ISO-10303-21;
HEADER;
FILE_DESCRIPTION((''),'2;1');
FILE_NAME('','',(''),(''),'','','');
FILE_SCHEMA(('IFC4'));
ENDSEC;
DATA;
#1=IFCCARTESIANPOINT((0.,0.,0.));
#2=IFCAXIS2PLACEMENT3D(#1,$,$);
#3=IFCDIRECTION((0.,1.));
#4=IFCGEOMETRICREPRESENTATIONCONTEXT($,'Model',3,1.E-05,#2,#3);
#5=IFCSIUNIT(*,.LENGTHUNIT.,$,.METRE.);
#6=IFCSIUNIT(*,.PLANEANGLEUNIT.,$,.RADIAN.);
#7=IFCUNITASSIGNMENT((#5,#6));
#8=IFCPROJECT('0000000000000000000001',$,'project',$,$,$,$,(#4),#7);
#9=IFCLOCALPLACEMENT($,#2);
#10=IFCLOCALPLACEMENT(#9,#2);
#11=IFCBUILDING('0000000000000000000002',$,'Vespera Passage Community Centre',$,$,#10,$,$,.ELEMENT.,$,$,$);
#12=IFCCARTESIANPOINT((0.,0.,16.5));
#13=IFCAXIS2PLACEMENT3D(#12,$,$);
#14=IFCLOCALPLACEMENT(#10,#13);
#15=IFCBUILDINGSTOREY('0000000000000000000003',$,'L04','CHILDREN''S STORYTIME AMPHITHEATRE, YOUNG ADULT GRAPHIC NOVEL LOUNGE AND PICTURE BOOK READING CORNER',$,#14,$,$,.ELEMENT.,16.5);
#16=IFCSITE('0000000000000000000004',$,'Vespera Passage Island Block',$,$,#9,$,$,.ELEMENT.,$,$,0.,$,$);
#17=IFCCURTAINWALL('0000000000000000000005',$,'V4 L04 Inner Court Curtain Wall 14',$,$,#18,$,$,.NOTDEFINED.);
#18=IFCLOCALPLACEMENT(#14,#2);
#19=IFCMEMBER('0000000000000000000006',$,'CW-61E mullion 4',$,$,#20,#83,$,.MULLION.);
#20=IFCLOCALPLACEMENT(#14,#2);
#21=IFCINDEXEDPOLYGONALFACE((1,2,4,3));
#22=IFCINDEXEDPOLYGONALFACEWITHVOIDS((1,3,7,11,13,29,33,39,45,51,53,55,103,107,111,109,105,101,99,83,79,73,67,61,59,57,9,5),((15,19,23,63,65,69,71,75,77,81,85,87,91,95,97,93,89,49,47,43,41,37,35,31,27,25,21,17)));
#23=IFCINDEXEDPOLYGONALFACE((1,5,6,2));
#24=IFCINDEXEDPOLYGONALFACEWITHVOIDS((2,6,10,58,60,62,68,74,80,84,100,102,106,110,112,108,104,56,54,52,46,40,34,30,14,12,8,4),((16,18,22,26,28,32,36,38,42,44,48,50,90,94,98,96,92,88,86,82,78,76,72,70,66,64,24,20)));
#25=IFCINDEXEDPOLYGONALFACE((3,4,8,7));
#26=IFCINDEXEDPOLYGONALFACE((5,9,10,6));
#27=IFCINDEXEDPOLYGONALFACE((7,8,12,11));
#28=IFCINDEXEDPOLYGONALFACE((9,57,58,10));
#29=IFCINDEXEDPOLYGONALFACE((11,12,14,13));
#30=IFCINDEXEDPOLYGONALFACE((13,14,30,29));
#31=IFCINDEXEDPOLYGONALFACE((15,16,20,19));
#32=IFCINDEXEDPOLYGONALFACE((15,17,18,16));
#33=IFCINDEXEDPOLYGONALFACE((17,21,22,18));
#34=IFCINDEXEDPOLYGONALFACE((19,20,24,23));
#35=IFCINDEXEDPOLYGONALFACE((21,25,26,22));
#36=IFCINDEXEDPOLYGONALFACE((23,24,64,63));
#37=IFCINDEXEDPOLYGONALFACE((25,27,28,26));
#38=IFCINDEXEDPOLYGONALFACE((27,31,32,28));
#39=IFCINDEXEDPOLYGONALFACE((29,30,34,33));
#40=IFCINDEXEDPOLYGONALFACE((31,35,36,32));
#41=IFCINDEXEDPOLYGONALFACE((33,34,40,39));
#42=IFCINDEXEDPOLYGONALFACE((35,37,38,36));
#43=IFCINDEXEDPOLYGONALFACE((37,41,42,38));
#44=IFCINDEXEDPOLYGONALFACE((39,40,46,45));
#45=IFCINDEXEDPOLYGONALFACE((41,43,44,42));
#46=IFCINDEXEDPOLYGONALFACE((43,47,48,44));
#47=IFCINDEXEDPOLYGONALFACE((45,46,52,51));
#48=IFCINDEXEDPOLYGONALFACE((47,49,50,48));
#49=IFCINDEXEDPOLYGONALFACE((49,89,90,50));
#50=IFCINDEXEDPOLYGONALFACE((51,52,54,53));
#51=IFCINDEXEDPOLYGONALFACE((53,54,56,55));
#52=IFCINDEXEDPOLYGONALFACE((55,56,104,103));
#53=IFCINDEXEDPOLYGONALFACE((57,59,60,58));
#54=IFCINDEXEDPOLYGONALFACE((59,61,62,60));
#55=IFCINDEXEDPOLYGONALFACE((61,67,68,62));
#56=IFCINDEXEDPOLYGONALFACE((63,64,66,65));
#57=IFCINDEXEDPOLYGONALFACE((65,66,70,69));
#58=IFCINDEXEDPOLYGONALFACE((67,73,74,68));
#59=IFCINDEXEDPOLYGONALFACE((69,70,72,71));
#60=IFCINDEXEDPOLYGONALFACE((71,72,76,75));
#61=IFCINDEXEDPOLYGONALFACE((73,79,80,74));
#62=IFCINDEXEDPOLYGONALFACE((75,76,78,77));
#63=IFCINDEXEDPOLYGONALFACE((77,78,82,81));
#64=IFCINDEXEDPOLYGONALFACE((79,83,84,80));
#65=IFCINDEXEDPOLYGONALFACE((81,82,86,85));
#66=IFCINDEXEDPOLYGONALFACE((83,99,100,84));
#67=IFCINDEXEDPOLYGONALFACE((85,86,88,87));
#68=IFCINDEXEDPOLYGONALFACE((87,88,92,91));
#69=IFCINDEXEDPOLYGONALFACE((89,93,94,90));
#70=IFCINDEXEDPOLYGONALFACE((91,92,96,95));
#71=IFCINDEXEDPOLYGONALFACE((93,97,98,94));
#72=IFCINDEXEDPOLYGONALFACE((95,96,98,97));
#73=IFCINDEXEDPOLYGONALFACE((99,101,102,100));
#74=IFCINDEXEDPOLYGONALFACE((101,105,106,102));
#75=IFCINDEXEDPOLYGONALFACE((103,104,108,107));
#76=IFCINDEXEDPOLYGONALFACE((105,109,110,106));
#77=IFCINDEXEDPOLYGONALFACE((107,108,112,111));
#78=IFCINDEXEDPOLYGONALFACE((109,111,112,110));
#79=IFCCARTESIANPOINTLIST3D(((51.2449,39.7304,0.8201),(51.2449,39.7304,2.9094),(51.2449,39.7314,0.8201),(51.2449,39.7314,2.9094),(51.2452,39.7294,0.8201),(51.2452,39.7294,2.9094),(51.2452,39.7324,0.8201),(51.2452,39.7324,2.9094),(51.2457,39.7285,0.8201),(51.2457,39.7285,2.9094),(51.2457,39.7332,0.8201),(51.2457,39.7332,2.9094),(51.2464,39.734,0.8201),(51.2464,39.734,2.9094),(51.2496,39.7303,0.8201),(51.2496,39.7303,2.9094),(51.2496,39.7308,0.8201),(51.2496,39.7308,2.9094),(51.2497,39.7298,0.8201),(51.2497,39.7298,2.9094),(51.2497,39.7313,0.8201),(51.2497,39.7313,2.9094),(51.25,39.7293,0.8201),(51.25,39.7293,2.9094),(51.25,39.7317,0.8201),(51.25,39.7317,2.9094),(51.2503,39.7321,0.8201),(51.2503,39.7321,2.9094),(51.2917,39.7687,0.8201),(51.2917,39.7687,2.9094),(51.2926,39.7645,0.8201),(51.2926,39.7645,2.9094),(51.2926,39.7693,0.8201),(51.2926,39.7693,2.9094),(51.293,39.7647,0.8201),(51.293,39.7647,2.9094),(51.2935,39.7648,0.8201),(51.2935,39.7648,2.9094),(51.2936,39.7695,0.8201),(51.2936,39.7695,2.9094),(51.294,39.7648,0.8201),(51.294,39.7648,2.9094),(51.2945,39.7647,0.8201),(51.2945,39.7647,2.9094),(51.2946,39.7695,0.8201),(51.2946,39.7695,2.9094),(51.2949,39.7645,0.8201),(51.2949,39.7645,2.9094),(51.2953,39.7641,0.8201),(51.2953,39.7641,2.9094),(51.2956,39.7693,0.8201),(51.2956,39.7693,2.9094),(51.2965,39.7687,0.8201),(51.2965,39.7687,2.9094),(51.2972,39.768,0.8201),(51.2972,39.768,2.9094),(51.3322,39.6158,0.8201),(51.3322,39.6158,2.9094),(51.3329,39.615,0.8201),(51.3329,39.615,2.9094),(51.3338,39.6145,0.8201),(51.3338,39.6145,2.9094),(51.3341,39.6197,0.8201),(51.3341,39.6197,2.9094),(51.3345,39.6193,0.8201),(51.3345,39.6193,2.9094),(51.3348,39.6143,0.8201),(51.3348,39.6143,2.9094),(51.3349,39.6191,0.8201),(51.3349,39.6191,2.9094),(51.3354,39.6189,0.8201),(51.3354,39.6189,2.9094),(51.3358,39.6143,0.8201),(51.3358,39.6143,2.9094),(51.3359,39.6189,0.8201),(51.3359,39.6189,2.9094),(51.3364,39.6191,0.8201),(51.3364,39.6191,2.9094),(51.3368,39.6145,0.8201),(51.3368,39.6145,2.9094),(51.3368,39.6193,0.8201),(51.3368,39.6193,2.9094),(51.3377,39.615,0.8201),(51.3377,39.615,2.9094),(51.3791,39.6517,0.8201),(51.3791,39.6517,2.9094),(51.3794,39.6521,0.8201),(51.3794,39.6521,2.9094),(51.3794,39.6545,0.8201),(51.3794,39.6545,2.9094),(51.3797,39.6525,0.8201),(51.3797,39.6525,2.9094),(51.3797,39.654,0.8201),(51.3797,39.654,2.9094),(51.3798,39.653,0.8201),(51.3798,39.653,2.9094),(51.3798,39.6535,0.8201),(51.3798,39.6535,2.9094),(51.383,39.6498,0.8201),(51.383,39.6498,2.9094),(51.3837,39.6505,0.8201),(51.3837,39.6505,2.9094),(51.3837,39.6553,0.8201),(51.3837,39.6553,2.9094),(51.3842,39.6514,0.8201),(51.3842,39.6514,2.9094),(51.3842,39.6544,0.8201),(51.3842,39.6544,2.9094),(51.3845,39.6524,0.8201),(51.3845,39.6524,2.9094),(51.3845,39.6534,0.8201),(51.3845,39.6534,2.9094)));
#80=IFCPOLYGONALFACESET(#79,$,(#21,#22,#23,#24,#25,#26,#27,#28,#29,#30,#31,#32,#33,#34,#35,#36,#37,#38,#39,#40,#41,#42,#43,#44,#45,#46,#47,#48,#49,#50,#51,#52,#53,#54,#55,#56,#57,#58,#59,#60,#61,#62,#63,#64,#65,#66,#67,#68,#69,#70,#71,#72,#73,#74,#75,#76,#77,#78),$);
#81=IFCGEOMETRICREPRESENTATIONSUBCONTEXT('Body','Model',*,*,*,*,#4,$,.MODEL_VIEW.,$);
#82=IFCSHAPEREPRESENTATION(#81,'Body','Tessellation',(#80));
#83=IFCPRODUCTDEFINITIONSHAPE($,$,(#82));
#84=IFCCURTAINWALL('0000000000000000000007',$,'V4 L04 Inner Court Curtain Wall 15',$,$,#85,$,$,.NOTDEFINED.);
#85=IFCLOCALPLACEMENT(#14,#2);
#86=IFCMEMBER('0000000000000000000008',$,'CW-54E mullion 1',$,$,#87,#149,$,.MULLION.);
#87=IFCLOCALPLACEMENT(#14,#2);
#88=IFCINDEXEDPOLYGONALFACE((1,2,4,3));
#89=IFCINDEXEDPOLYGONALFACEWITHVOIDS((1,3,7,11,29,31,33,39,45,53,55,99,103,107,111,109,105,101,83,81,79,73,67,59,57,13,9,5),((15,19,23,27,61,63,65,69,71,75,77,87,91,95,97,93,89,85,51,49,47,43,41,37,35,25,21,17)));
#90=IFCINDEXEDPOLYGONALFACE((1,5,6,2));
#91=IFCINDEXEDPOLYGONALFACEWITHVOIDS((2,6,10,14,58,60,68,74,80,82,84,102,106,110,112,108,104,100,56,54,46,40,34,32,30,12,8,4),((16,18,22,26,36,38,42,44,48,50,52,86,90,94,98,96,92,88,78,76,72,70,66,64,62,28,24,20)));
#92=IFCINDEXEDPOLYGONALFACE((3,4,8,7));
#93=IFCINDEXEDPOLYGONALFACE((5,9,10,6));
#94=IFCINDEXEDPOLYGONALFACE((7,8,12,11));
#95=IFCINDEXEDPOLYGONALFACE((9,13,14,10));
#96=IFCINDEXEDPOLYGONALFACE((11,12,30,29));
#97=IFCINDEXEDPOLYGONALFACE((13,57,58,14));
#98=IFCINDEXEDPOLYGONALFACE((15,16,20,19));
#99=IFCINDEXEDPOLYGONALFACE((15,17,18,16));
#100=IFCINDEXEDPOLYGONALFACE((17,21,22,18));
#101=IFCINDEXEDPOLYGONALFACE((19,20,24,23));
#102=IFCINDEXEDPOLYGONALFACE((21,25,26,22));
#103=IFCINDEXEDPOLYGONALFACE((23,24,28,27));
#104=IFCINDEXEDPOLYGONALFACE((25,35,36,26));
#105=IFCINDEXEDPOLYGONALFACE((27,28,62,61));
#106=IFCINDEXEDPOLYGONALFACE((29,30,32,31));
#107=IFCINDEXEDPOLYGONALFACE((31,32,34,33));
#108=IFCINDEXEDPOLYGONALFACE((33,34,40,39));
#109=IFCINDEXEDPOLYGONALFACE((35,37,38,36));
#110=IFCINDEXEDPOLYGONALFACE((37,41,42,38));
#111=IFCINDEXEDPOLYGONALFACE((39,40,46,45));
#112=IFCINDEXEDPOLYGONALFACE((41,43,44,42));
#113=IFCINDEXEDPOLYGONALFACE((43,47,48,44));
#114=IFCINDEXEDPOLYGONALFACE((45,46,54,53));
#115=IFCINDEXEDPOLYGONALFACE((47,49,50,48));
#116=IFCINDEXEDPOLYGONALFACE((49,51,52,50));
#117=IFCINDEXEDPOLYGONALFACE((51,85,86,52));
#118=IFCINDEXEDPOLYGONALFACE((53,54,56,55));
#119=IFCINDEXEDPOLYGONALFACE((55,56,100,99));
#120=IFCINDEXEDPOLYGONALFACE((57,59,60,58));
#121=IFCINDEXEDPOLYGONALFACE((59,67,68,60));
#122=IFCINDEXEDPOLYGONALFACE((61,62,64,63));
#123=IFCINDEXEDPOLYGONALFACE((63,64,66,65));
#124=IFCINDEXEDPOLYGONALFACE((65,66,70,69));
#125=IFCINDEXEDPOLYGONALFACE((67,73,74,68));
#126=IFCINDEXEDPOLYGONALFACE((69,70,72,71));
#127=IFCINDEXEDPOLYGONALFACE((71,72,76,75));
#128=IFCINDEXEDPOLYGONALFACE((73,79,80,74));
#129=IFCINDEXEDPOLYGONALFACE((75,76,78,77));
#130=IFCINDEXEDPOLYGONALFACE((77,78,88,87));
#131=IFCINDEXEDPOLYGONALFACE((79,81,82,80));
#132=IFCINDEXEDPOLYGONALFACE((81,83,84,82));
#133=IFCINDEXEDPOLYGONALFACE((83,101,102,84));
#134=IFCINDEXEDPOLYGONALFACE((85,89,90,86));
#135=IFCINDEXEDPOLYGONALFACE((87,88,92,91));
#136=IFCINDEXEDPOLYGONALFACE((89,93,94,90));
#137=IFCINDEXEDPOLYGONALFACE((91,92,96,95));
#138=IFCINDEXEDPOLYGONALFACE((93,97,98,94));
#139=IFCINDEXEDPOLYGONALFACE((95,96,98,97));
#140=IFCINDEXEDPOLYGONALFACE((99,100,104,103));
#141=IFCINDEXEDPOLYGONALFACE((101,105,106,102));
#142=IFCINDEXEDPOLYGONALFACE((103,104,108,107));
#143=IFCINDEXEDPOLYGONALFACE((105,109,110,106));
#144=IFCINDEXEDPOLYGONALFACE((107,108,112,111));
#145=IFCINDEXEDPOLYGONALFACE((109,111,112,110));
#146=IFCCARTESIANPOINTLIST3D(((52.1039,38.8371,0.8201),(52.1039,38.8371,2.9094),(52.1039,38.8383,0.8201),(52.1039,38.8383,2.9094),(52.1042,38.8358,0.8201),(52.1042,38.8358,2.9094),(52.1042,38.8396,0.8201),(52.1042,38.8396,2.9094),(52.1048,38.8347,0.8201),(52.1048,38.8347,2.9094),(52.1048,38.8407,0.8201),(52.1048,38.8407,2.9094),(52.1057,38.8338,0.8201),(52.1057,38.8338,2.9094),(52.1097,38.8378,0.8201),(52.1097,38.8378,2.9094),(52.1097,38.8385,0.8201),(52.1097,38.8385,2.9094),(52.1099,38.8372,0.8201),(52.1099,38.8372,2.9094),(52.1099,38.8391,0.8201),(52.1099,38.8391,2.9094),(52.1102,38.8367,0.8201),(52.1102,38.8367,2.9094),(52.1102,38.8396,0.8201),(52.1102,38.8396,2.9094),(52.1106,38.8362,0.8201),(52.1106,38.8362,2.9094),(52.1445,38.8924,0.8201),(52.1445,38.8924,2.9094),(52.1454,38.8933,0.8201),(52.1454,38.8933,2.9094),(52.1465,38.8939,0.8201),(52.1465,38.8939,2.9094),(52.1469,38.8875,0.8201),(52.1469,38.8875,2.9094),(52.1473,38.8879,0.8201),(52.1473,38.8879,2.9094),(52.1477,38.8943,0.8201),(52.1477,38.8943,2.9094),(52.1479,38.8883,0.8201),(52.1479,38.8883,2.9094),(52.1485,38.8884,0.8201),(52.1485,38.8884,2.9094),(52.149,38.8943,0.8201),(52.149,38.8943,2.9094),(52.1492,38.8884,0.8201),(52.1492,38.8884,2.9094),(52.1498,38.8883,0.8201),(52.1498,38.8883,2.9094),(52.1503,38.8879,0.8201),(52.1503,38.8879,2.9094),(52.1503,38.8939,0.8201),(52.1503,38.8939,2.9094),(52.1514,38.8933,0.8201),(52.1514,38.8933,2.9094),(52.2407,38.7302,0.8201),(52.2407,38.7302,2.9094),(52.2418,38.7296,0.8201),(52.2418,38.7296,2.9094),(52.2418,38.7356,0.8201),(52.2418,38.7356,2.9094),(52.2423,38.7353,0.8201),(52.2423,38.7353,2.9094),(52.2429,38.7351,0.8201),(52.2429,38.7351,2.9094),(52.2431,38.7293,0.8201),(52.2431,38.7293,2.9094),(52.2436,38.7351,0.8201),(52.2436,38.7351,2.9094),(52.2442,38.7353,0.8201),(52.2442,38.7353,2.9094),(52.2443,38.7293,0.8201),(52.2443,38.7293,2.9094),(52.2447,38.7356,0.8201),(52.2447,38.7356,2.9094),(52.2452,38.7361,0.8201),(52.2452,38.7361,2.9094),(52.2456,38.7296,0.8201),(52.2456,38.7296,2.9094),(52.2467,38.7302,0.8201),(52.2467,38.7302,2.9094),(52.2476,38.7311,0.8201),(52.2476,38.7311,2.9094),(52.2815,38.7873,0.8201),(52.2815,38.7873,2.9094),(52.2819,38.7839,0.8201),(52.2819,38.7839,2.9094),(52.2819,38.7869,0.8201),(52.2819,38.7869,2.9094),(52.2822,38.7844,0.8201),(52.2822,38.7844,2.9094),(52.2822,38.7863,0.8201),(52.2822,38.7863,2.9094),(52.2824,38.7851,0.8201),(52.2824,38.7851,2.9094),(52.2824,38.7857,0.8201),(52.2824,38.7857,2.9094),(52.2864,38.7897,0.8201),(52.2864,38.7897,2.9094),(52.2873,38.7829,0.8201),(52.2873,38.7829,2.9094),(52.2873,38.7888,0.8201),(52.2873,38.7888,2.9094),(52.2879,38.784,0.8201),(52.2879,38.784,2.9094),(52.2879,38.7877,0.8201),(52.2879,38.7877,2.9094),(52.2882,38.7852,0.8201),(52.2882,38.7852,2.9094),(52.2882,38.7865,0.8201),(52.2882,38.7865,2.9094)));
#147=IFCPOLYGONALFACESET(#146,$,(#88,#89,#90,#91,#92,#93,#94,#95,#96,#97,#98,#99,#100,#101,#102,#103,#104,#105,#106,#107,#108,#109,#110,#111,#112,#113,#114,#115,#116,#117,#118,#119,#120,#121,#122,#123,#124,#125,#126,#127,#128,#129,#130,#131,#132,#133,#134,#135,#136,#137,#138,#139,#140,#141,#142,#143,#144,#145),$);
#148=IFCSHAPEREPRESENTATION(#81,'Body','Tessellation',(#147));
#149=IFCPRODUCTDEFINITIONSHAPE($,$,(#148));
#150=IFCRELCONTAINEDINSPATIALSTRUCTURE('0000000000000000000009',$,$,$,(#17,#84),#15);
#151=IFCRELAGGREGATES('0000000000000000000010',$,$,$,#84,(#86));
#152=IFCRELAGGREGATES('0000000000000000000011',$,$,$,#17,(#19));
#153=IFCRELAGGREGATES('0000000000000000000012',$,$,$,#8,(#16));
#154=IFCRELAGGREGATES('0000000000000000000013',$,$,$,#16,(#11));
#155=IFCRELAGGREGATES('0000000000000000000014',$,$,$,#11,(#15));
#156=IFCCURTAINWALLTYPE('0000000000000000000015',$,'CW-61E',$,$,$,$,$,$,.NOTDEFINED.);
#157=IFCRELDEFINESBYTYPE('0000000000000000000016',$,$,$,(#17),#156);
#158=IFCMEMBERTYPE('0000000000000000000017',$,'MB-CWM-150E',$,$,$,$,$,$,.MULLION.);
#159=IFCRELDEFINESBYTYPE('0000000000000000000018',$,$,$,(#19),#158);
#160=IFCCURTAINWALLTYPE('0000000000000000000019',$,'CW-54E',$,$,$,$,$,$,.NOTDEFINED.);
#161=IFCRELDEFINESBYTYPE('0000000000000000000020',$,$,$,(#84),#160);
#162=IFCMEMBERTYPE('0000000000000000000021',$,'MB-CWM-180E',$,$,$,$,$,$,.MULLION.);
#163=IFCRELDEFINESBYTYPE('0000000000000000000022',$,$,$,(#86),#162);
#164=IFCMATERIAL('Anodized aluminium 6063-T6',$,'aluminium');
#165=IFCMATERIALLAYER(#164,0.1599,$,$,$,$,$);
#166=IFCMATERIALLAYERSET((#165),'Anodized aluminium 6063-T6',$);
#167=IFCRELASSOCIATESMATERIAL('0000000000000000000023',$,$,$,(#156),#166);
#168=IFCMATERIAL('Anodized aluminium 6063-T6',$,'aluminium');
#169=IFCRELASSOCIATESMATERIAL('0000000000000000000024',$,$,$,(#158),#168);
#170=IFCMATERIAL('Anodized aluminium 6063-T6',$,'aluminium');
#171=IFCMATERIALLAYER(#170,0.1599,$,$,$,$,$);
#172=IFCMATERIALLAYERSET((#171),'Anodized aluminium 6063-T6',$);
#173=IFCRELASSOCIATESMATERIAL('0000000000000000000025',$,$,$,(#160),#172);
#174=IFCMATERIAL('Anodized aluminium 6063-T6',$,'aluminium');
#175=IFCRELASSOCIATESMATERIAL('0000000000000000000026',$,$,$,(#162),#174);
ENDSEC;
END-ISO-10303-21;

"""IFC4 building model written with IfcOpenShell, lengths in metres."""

from ifc_helpers import new_model, si_unit, direction, frame, origin, origin_2d, place, context, subcontext, project, spatial, hollow_rectangle, extrude, material, layer, layer_set, material_profile, profile_set, type_object, element, aggregate, save


model = new_model("IFC4")

# Units and contexts
model_context = context("Model", 3, precision=1e-05, world=origin(), true_north=direction((0.0, 1.0)))
body_context = subcontext(model_context, "Body", "Model", "MODEL_VIEW")
ifc_project = project(units=[si_unit("LENGTHUNIT", "METRE"), si_unit("PLANEANGLEUNIT", "RADIAN")], contexts=[model_context])

# Site, building, storey
site_placement = place(None, origin())
site = spatial("IfcSite", under=ifc_project, at=site_placement, Name="Vespera Passage Island Block", CompositionType="ELEMENT", RefElevation=0.0)
building_placement = place(site_placement, origin())
building = spatial("IfcBuilding", under=site, at=building_placement, Name="Vespera Passage Community Centre", CompositionType="ELEMENT")
storey_placement = place(building_placement, frame((0.0, 0.0, 16.5)))
storey = spatial("IfcBuildingStorey", under=building, at=storey_placement, Name="L04", Description="CHILDREN'S STORYTIME AMPHITHEATRE, YOUNG ADULT GRAPHIC NOVEL LOUNGE AND PICTURE BOOK READING CORNER", CompositionType="ELEMENT", Elevation=16.5)

# Curtain walls, members
ifc_material_1 = material(Name="Anodized aluminium 6063-T6", Category="aluminium")
ifc_layer_1 = layer(ifc_material_1, 0.1599)
ifc_layer_set_1 = layer_set([ifc_layer_1], Name="Anodized aluminium 6063-T6")
curtain_wall_type_1 = type_object("IfcCurtainWallType", Name="CW-61E", PredefinedType="NOTDEFINED", material=ifc_layer_set_1)
curtain_wall_1_placement = place(storey_placement, origin())
curtain_wall_1 = element("IfcCurtainWall", 1, at=curtain_wall_1_placement, inside=storey, type_object=curtain_wall_type_1, Name="V4 L04 Inner Court Curtain Wall 14", PredefinedType="NOTDEFINED")
ifc_material_2 = material(Name="Anodized aluminium 6063-T6", Category="aluminium")
ifc_material_profile_1 = material_profile(ifc_material_2, hollow_rectangle(XDim=0.0649, YDim=0.1499, WallThickness=0.0039, InnerFilletRadius=0.002, OuterFilletRadius=0.0039, at=origin_2d()), Name="ALU150X65X4")
ifc_profile_set_1 = profile_set([ifc_material_profile_1], Name="Anodized aluminium 6063-T6")
member_type_1 = type_object("IfcMemberType", Name="MB-CWM-150E", PredefinedType="MULLION", material=ifc_profile_set_1)
member_1_placement = place(storey_placement, frame((51.3147, 39.6919, 0.8201), z_axis=(0.0, 0.0, 1.0), x_axis=(0.793358, 0.608755, 0.0)))
member_1 = element("IfcMember", 2, at=member_1_placement, type_object=member_type_1, Name="CW-61E mullion 4", PredefinedType="MULLION", context=body_context, shape_type="SweptSolid", body=[
    extrude(hollow_rectangle(XDim=0.0649, YDim=0.1499, WallThickness=0.0039, InnerFilletRadius=0.002, OuterFilletRadius=0.0039, at=origin_2d()), origin(), (0.0, 0.0, 1.0), 2.0894),
])
ifc_material_3 = material(Name="Anodized aluminium 6063-T6", Category="aluminium")
ifc_layer_2 = layer(ifc_material_3, 0.1599)
ifc_layer_set_2 = layer_set([ifc_layer_2], Name="Anodized aluminium 6063-T6")
curtain_wall_type_2 = type_object("IfcCurtainWallType", Name="CW-54E", PredefinedType="NOTDEFINED", material=ifc_layer_set_2)
curtain_wall_2_placement = place(storey_placement, origin())
curtain_wall_2 = element("IfcCurtainWall", 3, at=curtain_wall_2_placement, inside=storey, type_object=curtain_wall_type_2, Name="V4 L04 Inner Court Curtain Wall 15", PredefinedType="NOTDEFINED")
ifc_material_4 = material(Name="Anodized aluminium 6063-T6", Category="aluminium")
ifc_material_profile_2 = material_profile(ifc_material_4, hollow_rectangle(XDim=0.075, YDim=0.1799, WallThickness=0.0049, InnerFilletRadius=0.0024, OuterFilletRadius=0.0049, at=origin_2d()), Name="ALU180X75X5")
ifc_profile_set_2 = profile_set([ifc_material_profile_2], Name="Anodized aluminium 6063-T6")
member_type_2 = type_object("IfcMemberType", Name="MB-CWM-180E", PredefinedType="MULLION", material=ifc_profile_set_2)
member_2_placement = place(storey_placement, frame((52.196, 38.8118, 0.8201), z_axis=(0.0, 0.0, 1.0), x_axis=(0.608755, 0.793358, 0.0)))
member_2 = element("IfcMember", 4, at=member_2_placement, type_object=member_type_2, Name="CW-54E mullion 1", PredefinedType="MULLION", context=body_context, shape_type="SweptSolid", body=[
    extrude(hollow_rectangle(XDim=0.075, YDim=0.1799, WallThickness=0.0049, InnerFilletRadius=0.0024, OuterFilletRadius=0.0049, at=origin_2d()), origin(), (0.0, 0.0, 1.0), 2.0894),
])

aggregate(curtain_wall_2, [member_2])
aggregate(curtain_wall_1, [member_1])

save(model, "model.ifc")
